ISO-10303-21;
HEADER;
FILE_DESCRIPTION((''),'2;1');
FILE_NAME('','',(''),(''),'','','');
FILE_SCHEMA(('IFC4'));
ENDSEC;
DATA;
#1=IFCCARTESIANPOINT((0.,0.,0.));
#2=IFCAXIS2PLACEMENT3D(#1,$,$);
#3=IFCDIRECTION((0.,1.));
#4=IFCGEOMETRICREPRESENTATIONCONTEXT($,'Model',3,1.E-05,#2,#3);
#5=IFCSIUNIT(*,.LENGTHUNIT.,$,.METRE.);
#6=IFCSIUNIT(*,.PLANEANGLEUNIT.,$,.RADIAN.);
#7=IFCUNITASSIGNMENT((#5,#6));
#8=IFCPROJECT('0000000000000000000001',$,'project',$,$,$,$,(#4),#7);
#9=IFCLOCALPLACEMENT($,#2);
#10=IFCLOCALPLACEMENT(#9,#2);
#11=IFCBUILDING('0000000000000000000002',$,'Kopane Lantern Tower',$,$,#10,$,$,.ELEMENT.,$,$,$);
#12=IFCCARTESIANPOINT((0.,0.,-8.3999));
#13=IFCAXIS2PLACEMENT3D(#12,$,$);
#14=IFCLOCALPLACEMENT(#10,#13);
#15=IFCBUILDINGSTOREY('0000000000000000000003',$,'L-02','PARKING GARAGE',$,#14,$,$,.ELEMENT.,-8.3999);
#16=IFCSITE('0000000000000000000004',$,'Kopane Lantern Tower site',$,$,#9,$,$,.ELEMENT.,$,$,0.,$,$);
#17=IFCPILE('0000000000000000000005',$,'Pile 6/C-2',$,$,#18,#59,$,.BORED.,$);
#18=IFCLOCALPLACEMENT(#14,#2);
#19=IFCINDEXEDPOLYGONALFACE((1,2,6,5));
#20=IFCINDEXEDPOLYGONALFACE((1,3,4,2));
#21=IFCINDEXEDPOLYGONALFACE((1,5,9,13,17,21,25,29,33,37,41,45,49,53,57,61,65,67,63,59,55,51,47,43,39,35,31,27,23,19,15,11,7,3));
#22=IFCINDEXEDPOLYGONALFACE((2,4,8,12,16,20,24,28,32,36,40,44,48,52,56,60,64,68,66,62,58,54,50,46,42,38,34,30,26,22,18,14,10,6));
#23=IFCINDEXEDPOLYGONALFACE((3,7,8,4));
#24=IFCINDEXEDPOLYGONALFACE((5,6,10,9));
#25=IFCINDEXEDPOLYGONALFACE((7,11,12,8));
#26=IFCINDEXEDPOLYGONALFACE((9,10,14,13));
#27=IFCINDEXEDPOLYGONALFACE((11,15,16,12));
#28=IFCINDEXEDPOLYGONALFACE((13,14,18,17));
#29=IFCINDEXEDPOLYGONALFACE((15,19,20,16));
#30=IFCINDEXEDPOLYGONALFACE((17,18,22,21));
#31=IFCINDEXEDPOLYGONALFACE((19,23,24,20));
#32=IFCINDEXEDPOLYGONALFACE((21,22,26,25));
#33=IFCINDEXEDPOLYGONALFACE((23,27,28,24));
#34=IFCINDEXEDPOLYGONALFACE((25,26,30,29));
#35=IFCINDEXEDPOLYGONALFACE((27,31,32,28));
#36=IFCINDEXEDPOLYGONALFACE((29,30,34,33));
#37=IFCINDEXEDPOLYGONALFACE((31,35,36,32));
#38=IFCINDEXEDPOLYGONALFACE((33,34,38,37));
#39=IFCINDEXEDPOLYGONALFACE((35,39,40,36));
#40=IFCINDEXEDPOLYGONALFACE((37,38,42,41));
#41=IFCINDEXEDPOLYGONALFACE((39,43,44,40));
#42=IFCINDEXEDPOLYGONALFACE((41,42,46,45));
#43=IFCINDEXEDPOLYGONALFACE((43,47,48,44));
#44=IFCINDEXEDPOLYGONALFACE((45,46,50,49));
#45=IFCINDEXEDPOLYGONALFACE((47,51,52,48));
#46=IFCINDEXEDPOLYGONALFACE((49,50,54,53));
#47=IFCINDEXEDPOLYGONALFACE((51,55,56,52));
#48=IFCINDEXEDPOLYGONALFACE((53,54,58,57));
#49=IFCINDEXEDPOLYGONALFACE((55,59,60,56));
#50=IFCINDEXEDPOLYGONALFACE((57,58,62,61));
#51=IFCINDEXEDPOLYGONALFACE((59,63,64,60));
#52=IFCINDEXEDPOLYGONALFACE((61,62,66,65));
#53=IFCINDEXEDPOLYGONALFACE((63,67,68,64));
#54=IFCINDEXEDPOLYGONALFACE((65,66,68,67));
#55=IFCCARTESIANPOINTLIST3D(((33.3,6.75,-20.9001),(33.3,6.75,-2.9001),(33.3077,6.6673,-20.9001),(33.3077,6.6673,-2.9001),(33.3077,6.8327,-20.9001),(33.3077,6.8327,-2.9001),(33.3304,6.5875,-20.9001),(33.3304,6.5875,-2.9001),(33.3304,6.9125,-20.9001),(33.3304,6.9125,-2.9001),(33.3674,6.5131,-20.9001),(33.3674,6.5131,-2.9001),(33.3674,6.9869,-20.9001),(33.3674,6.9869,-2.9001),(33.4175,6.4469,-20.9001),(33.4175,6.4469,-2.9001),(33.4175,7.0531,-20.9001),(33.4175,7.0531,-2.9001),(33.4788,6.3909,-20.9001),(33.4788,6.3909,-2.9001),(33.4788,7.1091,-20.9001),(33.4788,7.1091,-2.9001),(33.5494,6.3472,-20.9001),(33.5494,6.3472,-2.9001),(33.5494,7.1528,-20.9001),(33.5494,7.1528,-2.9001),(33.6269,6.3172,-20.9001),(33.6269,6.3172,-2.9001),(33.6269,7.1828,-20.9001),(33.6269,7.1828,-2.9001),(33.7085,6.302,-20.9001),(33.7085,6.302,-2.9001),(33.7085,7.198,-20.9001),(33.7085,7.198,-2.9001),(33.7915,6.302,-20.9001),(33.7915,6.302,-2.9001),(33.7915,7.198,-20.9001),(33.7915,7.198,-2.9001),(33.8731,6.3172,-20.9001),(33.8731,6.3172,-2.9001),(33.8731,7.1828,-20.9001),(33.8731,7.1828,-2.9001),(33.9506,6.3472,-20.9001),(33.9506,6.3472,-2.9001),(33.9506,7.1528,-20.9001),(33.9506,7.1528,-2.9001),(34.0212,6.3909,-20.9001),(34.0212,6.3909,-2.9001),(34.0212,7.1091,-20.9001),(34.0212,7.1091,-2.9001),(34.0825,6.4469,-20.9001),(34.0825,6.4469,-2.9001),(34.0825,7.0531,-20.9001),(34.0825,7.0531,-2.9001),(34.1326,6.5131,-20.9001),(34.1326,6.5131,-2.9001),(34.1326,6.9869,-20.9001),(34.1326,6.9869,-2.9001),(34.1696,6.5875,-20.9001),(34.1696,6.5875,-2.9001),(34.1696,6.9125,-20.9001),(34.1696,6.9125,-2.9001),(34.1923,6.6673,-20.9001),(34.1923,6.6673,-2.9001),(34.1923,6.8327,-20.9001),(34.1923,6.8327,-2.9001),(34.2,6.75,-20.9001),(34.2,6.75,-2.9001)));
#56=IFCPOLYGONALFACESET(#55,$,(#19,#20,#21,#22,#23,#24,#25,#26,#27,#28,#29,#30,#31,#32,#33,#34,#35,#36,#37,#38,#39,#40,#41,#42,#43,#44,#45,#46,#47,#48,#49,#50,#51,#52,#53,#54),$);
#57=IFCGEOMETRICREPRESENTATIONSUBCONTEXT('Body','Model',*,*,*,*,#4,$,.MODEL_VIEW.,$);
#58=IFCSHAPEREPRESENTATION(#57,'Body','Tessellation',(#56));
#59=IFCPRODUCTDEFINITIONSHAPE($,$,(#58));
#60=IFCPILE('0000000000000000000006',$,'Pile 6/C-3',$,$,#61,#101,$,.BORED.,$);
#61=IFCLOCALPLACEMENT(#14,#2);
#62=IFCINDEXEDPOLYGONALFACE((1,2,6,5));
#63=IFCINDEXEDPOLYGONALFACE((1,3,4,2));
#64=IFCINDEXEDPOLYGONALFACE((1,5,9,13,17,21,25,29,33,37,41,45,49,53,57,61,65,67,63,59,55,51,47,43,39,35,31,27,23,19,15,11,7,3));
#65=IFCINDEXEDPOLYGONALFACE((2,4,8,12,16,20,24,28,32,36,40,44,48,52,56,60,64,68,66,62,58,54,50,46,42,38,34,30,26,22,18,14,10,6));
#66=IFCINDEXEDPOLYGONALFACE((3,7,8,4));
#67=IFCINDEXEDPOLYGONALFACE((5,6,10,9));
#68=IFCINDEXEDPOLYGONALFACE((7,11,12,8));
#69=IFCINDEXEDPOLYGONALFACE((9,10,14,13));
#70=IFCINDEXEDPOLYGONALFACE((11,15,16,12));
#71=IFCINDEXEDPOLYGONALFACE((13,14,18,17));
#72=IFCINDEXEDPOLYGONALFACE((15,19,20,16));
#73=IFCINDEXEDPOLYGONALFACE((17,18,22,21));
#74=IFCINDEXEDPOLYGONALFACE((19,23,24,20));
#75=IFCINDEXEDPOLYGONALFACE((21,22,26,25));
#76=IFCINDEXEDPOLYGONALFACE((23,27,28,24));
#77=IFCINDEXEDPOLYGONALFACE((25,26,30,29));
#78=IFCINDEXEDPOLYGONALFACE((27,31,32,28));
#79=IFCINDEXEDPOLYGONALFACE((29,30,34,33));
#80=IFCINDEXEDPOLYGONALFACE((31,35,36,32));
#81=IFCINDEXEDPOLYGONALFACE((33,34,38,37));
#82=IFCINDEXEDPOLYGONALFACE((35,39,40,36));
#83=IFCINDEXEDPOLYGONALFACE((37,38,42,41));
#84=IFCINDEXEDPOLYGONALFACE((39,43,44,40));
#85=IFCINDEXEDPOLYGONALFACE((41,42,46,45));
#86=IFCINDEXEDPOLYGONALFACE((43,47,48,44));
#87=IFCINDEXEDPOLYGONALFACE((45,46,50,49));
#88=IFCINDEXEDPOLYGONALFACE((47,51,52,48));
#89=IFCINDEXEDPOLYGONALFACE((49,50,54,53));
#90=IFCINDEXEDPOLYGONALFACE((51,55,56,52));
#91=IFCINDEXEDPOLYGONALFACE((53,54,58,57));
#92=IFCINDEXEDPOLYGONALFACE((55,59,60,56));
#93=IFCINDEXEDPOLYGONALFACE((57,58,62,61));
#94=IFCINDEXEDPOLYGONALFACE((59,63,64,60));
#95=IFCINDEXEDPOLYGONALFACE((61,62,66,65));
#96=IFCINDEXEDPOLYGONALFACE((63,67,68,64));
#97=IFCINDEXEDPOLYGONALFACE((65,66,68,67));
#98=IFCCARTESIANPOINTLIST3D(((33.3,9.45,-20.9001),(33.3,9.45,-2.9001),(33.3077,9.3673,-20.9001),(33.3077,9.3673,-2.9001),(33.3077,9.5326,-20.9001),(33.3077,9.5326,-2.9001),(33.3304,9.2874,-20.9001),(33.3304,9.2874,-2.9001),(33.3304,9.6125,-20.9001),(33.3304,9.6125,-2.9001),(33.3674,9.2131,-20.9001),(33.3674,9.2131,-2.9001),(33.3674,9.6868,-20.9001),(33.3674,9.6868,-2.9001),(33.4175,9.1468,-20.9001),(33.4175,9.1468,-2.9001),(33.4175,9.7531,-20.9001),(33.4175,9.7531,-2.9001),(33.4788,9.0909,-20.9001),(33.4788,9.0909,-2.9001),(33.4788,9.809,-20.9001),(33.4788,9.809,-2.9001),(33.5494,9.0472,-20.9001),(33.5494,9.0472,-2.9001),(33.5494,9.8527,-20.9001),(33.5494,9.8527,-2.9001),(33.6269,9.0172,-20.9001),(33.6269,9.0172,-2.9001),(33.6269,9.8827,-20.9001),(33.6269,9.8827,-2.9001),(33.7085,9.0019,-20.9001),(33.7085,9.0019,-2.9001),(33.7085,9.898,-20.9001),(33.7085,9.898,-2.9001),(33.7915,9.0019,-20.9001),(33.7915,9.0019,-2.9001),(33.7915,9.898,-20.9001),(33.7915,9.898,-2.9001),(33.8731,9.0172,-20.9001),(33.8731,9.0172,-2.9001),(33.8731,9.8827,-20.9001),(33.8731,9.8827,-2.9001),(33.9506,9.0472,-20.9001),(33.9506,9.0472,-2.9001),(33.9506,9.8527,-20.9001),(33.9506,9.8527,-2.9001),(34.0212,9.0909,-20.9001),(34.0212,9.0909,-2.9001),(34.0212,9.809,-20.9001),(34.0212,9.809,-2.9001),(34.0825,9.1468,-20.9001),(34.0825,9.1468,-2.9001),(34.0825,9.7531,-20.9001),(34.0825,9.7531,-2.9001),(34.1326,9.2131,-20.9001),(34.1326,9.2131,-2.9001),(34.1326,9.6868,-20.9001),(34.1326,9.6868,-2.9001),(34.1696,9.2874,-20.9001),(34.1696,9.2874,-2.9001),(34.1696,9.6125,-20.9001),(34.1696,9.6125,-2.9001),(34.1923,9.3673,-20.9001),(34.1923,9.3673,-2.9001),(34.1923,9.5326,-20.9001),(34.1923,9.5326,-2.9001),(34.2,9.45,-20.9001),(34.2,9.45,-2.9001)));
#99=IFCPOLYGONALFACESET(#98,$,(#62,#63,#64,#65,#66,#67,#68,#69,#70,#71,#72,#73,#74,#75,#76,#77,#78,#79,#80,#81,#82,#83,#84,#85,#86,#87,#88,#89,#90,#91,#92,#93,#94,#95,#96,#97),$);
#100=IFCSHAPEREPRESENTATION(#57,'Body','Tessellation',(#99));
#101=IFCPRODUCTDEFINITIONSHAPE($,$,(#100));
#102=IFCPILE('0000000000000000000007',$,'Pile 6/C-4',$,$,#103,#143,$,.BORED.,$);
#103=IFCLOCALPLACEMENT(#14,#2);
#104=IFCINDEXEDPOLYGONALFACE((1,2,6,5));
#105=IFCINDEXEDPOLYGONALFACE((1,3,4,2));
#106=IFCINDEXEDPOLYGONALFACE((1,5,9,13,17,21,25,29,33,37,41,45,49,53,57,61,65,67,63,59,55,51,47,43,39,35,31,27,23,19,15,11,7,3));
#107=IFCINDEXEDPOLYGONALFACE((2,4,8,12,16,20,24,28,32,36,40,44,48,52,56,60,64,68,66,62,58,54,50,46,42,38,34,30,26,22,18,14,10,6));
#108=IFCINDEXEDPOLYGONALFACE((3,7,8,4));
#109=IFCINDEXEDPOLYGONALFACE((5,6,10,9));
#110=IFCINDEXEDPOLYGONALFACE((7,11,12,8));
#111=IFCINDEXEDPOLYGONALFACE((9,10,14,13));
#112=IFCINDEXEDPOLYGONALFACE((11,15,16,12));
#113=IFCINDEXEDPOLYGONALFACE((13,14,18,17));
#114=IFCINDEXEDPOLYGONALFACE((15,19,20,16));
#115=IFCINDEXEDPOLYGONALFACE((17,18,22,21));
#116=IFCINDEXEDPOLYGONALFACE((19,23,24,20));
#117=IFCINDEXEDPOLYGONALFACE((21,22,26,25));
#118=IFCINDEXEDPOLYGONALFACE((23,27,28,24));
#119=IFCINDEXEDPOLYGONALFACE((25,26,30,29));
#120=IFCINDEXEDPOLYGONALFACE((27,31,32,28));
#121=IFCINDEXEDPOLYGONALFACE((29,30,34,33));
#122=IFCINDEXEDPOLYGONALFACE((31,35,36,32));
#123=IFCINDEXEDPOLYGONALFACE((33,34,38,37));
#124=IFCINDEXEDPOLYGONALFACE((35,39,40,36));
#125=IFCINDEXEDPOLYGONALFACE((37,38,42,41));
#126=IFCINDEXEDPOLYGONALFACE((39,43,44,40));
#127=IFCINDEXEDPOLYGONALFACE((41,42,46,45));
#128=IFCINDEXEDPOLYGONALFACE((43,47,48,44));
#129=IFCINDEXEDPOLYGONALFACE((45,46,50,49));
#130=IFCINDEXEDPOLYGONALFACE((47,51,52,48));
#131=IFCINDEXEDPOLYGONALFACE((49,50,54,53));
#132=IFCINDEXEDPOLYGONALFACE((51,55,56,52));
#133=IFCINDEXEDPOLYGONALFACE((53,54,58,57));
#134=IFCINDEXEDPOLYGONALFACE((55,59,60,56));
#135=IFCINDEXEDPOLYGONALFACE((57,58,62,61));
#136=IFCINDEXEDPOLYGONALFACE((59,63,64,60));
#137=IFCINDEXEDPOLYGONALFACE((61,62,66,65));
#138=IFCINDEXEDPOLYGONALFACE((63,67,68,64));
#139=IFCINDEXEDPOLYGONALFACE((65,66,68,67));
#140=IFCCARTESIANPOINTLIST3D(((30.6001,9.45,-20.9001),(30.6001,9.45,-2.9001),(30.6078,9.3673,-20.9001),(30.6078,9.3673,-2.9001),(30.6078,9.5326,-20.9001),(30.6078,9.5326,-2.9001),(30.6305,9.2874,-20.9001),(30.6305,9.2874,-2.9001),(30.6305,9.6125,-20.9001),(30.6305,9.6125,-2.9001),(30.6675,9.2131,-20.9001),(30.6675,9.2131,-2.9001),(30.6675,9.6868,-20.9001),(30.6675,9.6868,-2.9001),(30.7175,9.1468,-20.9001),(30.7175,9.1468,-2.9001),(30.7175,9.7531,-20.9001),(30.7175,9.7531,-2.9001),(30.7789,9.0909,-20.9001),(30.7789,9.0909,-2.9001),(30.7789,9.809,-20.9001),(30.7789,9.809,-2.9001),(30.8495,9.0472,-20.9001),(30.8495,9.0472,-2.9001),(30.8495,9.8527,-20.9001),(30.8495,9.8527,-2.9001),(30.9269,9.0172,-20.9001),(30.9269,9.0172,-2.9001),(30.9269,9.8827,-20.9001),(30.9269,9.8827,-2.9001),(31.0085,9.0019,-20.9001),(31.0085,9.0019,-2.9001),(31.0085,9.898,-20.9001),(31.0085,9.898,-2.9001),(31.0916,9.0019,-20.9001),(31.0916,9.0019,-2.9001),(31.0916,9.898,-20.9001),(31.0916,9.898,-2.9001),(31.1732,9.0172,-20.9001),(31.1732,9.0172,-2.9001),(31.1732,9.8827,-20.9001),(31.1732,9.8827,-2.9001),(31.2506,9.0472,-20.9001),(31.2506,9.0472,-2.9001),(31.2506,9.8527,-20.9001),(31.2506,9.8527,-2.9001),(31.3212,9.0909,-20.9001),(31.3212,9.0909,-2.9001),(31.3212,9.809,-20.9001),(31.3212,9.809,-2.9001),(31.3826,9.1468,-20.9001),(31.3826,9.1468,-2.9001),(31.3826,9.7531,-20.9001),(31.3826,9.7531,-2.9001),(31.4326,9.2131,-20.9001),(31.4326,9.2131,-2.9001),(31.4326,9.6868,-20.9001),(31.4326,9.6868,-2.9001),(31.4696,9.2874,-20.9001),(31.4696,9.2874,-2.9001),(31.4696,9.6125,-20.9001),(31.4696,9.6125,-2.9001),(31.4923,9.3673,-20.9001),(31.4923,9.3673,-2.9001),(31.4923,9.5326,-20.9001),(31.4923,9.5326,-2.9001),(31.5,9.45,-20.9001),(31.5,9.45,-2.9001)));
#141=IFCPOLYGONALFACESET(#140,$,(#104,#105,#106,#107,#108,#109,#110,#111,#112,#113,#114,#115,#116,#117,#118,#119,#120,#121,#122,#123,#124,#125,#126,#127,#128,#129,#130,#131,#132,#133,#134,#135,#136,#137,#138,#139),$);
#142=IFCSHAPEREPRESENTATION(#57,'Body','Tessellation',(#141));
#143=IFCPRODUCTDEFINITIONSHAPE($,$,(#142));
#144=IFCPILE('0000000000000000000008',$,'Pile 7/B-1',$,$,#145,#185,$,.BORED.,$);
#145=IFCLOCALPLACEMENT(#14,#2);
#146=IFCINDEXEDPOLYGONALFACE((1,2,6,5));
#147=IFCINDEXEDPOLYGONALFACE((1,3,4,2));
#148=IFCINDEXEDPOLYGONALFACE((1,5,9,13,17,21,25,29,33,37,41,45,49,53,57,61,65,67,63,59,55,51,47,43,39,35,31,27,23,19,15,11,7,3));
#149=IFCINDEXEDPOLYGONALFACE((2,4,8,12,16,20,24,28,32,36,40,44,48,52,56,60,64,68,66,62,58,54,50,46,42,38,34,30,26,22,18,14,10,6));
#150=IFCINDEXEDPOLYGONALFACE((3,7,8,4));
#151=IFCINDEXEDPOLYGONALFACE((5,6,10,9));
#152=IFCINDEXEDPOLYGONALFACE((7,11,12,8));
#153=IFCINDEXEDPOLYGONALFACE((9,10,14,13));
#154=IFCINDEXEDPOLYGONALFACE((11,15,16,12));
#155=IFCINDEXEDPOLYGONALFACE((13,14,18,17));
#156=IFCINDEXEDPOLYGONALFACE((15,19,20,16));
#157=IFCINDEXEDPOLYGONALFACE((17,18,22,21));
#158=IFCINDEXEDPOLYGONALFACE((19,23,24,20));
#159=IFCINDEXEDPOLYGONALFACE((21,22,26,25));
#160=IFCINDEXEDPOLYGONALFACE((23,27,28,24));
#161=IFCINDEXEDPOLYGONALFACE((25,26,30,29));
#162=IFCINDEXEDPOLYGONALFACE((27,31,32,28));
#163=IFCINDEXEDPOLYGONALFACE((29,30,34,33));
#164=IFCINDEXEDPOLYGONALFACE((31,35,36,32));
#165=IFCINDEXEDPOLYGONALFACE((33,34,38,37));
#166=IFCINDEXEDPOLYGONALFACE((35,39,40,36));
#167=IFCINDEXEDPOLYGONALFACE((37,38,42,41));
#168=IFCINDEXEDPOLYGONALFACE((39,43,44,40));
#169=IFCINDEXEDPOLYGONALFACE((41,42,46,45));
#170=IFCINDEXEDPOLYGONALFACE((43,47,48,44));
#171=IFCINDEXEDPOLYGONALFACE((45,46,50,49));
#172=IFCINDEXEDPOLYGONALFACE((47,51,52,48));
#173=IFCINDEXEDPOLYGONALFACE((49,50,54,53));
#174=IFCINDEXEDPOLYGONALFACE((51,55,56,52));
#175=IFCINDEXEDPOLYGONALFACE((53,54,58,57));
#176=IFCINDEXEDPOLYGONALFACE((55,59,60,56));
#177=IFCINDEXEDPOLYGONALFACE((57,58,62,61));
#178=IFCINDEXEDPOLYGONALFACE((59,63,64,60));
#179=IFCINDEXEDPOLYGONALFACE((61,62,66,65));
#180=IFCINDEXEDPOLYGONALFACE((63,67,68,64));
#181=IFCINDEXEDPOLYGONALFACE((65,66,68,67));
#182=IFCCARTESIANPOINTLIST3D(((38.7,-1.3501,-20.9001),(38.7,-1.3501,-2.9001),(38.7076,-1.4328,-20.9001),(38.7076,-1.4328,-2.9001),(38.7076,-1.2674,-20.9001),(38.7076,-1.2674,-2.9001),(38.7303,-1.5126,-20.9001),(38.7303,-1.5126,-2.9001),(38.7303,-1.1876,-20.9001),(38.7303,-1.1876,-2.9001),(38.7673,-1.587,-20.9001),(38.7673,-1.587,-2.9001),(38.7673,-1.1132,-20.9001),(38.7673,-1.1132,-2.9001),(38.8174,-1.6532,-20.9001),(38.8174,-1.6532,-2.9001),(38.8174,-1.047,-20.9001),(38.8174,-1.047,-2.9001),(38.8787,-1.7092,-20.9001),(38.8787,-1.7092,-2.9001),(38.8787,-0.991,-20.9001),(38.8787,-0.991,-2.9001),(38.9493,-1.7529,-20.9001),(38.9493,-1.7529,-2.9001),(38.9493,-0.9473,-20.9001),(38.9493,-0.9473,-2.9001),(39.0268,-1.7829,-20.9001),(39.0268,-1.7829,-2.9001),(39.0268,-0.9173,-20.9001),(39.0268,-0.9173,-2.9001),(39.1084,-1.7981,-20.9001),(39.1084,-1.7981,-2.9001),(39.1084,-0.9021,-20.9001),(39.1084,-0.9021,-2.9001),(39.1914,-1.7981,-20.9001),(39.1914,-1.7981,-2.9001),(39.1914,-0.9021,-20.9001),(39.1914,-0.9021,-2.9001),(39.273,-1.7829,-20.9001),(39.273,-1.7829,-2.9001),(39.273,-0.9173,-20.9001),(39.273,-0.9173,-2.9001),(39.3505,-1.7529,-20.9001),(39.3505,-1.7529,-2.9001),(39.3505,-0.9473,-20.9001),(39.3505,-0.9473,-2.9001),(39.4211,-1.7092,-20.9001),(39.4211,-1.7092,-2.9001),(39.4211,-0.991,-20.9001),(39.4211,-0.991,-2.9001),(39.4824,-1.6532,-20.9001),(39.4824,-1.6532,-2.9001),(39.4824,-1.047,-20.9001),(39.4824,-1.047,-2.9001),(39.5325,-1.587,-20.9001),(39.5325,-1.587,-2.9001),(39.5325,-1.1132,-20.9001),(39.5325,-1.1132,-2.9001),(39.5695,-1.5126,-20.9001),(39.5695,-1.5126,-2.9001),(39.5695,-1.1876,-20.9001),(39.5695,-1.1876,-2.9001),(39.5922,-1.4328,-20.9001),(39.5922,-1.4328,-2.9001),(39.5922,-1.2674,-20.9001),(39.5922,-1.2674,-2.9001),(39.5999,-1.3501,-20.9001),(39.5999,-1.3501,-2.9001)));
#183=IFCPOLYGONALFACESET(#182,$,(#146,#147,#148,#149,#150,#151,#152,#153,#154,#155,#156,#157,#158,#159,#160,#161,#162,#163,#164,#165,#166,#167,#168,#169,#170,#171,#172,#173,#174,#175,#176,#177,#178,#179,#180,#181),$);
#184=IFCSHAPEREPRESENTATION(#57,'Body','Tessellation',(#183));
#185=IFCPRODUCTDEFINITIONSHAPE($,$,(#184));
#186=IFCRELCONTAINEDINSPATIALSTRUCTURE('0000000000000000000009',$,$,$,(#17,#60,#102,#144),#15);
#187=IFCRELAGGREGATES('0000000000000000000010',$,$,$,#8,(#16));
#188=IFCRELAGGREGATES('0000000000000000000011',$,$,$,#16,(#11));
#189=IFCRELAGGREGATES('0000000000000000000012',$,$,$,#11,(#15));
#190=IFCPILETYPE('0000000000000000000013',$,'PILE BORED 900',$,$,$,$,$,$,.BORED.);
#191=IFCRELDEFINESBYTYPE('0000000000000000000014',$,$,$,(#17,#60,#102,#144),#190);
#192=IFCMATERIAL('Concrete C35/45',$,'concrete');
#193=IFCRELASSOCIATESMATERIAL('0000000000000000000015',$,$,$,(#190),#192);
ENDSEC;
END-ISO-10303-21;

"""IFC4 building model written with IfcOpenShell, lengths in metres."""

from ifc_helpers import new_model, si_unit, direction, frame, origin, origin_2d, place, context, subcontext, project, spatial, circle, extrude, material, material_profile, profile_set, type_object, element, save


model = new_model("IFC4")

# Units and contexts
model_context = context("Model", 3, precision=1e-05, world=origin(), true_north=direction((0.0, 1.0)))
body_context = subcontext(model_context, "Body", "Model", "MODEL_VIEW")
ifc_project = project(units=[si_unit("LENGTHUNIT", "METRE"), si_unit("PLANEANGLEUNIT", "RADIAN")], contexts=[model_context])

# Site, building, storey
site_placement = place(None, origin())
site = spatial("IfcSite", under=ifc_project, at=site_placement, Name="Kopane Lantern Tower site", CompositionType="ELEMENT", RefElevation=0.0)
building_placement = place(site_placement, origin())
building = spatial("IfcBuilding", under=site, at=building_placement, Name="Kopane Lantern Tower", CompositionType="ELEMENT")
storey_placement = place(building_placement, frame((0.0, 0.0, -8.3999)))
storey = spatial("IfcBuildingStorey", under=building, at=storey_placement, Name="L-02", Description="PARKING GARAGE", CompositionType="ELEMENT", Elevation=-8.3999)

# Piles
ifc_material_1 = material(Name="Concrete C35/45", Category="concrete")
ifc_material_profile_1 = material_profile(ifc_material_1, circle(Radius=0.45, at=origin_2d()), Name="D900")
ifc_profile_set_1 = profile_set([ifc_material_profile_1], Name="Concrete C35/45")
pile_type = type_object("IfcPileType", Name="PILE BORED 900", PredefinedType="BORED", material=ifc_profile_set_1)
for number, where, z_axis, x_axis, name in (
    (1, (33.75, 6.75, -2.9001), (0.0, 0.0, -1.0), (1.0, 0.0, 0.0), "Pile 6/C-2"),
    (2, (33.75, 9.45, -2.9001), (0.0, 0.0, -1.0), (1.0, 0.0, 0.0), "Pile 6/C-3"),
    (3, (31.05, 9.45, -2.9001), (0.0, 0.0, -1.0), (1.0, 0.0, 0.0), "Pile 6/C-4"),
    (4, (39.1499, -1.3501, -2.9001), (0.0, 0.0, -1.0), (1.0, 0.0, 0.0), "Pile 7/B-1"),
):
    element("IfcPile", number, at=place(storey_placement, frame(where, z_axis=z_axis, x_axis=x_axis)), inside=storey, type_object=pile_type, Name=name, PredefinedType="BORED", context=body_context, shape_type="SweptSolid", body=[
        extrude(circle(Radius=0.45, at=origin_2d()), origin(), (0.0, 0.0, 1.0), 18.0),
    ])

save(model, "model.ifc")
